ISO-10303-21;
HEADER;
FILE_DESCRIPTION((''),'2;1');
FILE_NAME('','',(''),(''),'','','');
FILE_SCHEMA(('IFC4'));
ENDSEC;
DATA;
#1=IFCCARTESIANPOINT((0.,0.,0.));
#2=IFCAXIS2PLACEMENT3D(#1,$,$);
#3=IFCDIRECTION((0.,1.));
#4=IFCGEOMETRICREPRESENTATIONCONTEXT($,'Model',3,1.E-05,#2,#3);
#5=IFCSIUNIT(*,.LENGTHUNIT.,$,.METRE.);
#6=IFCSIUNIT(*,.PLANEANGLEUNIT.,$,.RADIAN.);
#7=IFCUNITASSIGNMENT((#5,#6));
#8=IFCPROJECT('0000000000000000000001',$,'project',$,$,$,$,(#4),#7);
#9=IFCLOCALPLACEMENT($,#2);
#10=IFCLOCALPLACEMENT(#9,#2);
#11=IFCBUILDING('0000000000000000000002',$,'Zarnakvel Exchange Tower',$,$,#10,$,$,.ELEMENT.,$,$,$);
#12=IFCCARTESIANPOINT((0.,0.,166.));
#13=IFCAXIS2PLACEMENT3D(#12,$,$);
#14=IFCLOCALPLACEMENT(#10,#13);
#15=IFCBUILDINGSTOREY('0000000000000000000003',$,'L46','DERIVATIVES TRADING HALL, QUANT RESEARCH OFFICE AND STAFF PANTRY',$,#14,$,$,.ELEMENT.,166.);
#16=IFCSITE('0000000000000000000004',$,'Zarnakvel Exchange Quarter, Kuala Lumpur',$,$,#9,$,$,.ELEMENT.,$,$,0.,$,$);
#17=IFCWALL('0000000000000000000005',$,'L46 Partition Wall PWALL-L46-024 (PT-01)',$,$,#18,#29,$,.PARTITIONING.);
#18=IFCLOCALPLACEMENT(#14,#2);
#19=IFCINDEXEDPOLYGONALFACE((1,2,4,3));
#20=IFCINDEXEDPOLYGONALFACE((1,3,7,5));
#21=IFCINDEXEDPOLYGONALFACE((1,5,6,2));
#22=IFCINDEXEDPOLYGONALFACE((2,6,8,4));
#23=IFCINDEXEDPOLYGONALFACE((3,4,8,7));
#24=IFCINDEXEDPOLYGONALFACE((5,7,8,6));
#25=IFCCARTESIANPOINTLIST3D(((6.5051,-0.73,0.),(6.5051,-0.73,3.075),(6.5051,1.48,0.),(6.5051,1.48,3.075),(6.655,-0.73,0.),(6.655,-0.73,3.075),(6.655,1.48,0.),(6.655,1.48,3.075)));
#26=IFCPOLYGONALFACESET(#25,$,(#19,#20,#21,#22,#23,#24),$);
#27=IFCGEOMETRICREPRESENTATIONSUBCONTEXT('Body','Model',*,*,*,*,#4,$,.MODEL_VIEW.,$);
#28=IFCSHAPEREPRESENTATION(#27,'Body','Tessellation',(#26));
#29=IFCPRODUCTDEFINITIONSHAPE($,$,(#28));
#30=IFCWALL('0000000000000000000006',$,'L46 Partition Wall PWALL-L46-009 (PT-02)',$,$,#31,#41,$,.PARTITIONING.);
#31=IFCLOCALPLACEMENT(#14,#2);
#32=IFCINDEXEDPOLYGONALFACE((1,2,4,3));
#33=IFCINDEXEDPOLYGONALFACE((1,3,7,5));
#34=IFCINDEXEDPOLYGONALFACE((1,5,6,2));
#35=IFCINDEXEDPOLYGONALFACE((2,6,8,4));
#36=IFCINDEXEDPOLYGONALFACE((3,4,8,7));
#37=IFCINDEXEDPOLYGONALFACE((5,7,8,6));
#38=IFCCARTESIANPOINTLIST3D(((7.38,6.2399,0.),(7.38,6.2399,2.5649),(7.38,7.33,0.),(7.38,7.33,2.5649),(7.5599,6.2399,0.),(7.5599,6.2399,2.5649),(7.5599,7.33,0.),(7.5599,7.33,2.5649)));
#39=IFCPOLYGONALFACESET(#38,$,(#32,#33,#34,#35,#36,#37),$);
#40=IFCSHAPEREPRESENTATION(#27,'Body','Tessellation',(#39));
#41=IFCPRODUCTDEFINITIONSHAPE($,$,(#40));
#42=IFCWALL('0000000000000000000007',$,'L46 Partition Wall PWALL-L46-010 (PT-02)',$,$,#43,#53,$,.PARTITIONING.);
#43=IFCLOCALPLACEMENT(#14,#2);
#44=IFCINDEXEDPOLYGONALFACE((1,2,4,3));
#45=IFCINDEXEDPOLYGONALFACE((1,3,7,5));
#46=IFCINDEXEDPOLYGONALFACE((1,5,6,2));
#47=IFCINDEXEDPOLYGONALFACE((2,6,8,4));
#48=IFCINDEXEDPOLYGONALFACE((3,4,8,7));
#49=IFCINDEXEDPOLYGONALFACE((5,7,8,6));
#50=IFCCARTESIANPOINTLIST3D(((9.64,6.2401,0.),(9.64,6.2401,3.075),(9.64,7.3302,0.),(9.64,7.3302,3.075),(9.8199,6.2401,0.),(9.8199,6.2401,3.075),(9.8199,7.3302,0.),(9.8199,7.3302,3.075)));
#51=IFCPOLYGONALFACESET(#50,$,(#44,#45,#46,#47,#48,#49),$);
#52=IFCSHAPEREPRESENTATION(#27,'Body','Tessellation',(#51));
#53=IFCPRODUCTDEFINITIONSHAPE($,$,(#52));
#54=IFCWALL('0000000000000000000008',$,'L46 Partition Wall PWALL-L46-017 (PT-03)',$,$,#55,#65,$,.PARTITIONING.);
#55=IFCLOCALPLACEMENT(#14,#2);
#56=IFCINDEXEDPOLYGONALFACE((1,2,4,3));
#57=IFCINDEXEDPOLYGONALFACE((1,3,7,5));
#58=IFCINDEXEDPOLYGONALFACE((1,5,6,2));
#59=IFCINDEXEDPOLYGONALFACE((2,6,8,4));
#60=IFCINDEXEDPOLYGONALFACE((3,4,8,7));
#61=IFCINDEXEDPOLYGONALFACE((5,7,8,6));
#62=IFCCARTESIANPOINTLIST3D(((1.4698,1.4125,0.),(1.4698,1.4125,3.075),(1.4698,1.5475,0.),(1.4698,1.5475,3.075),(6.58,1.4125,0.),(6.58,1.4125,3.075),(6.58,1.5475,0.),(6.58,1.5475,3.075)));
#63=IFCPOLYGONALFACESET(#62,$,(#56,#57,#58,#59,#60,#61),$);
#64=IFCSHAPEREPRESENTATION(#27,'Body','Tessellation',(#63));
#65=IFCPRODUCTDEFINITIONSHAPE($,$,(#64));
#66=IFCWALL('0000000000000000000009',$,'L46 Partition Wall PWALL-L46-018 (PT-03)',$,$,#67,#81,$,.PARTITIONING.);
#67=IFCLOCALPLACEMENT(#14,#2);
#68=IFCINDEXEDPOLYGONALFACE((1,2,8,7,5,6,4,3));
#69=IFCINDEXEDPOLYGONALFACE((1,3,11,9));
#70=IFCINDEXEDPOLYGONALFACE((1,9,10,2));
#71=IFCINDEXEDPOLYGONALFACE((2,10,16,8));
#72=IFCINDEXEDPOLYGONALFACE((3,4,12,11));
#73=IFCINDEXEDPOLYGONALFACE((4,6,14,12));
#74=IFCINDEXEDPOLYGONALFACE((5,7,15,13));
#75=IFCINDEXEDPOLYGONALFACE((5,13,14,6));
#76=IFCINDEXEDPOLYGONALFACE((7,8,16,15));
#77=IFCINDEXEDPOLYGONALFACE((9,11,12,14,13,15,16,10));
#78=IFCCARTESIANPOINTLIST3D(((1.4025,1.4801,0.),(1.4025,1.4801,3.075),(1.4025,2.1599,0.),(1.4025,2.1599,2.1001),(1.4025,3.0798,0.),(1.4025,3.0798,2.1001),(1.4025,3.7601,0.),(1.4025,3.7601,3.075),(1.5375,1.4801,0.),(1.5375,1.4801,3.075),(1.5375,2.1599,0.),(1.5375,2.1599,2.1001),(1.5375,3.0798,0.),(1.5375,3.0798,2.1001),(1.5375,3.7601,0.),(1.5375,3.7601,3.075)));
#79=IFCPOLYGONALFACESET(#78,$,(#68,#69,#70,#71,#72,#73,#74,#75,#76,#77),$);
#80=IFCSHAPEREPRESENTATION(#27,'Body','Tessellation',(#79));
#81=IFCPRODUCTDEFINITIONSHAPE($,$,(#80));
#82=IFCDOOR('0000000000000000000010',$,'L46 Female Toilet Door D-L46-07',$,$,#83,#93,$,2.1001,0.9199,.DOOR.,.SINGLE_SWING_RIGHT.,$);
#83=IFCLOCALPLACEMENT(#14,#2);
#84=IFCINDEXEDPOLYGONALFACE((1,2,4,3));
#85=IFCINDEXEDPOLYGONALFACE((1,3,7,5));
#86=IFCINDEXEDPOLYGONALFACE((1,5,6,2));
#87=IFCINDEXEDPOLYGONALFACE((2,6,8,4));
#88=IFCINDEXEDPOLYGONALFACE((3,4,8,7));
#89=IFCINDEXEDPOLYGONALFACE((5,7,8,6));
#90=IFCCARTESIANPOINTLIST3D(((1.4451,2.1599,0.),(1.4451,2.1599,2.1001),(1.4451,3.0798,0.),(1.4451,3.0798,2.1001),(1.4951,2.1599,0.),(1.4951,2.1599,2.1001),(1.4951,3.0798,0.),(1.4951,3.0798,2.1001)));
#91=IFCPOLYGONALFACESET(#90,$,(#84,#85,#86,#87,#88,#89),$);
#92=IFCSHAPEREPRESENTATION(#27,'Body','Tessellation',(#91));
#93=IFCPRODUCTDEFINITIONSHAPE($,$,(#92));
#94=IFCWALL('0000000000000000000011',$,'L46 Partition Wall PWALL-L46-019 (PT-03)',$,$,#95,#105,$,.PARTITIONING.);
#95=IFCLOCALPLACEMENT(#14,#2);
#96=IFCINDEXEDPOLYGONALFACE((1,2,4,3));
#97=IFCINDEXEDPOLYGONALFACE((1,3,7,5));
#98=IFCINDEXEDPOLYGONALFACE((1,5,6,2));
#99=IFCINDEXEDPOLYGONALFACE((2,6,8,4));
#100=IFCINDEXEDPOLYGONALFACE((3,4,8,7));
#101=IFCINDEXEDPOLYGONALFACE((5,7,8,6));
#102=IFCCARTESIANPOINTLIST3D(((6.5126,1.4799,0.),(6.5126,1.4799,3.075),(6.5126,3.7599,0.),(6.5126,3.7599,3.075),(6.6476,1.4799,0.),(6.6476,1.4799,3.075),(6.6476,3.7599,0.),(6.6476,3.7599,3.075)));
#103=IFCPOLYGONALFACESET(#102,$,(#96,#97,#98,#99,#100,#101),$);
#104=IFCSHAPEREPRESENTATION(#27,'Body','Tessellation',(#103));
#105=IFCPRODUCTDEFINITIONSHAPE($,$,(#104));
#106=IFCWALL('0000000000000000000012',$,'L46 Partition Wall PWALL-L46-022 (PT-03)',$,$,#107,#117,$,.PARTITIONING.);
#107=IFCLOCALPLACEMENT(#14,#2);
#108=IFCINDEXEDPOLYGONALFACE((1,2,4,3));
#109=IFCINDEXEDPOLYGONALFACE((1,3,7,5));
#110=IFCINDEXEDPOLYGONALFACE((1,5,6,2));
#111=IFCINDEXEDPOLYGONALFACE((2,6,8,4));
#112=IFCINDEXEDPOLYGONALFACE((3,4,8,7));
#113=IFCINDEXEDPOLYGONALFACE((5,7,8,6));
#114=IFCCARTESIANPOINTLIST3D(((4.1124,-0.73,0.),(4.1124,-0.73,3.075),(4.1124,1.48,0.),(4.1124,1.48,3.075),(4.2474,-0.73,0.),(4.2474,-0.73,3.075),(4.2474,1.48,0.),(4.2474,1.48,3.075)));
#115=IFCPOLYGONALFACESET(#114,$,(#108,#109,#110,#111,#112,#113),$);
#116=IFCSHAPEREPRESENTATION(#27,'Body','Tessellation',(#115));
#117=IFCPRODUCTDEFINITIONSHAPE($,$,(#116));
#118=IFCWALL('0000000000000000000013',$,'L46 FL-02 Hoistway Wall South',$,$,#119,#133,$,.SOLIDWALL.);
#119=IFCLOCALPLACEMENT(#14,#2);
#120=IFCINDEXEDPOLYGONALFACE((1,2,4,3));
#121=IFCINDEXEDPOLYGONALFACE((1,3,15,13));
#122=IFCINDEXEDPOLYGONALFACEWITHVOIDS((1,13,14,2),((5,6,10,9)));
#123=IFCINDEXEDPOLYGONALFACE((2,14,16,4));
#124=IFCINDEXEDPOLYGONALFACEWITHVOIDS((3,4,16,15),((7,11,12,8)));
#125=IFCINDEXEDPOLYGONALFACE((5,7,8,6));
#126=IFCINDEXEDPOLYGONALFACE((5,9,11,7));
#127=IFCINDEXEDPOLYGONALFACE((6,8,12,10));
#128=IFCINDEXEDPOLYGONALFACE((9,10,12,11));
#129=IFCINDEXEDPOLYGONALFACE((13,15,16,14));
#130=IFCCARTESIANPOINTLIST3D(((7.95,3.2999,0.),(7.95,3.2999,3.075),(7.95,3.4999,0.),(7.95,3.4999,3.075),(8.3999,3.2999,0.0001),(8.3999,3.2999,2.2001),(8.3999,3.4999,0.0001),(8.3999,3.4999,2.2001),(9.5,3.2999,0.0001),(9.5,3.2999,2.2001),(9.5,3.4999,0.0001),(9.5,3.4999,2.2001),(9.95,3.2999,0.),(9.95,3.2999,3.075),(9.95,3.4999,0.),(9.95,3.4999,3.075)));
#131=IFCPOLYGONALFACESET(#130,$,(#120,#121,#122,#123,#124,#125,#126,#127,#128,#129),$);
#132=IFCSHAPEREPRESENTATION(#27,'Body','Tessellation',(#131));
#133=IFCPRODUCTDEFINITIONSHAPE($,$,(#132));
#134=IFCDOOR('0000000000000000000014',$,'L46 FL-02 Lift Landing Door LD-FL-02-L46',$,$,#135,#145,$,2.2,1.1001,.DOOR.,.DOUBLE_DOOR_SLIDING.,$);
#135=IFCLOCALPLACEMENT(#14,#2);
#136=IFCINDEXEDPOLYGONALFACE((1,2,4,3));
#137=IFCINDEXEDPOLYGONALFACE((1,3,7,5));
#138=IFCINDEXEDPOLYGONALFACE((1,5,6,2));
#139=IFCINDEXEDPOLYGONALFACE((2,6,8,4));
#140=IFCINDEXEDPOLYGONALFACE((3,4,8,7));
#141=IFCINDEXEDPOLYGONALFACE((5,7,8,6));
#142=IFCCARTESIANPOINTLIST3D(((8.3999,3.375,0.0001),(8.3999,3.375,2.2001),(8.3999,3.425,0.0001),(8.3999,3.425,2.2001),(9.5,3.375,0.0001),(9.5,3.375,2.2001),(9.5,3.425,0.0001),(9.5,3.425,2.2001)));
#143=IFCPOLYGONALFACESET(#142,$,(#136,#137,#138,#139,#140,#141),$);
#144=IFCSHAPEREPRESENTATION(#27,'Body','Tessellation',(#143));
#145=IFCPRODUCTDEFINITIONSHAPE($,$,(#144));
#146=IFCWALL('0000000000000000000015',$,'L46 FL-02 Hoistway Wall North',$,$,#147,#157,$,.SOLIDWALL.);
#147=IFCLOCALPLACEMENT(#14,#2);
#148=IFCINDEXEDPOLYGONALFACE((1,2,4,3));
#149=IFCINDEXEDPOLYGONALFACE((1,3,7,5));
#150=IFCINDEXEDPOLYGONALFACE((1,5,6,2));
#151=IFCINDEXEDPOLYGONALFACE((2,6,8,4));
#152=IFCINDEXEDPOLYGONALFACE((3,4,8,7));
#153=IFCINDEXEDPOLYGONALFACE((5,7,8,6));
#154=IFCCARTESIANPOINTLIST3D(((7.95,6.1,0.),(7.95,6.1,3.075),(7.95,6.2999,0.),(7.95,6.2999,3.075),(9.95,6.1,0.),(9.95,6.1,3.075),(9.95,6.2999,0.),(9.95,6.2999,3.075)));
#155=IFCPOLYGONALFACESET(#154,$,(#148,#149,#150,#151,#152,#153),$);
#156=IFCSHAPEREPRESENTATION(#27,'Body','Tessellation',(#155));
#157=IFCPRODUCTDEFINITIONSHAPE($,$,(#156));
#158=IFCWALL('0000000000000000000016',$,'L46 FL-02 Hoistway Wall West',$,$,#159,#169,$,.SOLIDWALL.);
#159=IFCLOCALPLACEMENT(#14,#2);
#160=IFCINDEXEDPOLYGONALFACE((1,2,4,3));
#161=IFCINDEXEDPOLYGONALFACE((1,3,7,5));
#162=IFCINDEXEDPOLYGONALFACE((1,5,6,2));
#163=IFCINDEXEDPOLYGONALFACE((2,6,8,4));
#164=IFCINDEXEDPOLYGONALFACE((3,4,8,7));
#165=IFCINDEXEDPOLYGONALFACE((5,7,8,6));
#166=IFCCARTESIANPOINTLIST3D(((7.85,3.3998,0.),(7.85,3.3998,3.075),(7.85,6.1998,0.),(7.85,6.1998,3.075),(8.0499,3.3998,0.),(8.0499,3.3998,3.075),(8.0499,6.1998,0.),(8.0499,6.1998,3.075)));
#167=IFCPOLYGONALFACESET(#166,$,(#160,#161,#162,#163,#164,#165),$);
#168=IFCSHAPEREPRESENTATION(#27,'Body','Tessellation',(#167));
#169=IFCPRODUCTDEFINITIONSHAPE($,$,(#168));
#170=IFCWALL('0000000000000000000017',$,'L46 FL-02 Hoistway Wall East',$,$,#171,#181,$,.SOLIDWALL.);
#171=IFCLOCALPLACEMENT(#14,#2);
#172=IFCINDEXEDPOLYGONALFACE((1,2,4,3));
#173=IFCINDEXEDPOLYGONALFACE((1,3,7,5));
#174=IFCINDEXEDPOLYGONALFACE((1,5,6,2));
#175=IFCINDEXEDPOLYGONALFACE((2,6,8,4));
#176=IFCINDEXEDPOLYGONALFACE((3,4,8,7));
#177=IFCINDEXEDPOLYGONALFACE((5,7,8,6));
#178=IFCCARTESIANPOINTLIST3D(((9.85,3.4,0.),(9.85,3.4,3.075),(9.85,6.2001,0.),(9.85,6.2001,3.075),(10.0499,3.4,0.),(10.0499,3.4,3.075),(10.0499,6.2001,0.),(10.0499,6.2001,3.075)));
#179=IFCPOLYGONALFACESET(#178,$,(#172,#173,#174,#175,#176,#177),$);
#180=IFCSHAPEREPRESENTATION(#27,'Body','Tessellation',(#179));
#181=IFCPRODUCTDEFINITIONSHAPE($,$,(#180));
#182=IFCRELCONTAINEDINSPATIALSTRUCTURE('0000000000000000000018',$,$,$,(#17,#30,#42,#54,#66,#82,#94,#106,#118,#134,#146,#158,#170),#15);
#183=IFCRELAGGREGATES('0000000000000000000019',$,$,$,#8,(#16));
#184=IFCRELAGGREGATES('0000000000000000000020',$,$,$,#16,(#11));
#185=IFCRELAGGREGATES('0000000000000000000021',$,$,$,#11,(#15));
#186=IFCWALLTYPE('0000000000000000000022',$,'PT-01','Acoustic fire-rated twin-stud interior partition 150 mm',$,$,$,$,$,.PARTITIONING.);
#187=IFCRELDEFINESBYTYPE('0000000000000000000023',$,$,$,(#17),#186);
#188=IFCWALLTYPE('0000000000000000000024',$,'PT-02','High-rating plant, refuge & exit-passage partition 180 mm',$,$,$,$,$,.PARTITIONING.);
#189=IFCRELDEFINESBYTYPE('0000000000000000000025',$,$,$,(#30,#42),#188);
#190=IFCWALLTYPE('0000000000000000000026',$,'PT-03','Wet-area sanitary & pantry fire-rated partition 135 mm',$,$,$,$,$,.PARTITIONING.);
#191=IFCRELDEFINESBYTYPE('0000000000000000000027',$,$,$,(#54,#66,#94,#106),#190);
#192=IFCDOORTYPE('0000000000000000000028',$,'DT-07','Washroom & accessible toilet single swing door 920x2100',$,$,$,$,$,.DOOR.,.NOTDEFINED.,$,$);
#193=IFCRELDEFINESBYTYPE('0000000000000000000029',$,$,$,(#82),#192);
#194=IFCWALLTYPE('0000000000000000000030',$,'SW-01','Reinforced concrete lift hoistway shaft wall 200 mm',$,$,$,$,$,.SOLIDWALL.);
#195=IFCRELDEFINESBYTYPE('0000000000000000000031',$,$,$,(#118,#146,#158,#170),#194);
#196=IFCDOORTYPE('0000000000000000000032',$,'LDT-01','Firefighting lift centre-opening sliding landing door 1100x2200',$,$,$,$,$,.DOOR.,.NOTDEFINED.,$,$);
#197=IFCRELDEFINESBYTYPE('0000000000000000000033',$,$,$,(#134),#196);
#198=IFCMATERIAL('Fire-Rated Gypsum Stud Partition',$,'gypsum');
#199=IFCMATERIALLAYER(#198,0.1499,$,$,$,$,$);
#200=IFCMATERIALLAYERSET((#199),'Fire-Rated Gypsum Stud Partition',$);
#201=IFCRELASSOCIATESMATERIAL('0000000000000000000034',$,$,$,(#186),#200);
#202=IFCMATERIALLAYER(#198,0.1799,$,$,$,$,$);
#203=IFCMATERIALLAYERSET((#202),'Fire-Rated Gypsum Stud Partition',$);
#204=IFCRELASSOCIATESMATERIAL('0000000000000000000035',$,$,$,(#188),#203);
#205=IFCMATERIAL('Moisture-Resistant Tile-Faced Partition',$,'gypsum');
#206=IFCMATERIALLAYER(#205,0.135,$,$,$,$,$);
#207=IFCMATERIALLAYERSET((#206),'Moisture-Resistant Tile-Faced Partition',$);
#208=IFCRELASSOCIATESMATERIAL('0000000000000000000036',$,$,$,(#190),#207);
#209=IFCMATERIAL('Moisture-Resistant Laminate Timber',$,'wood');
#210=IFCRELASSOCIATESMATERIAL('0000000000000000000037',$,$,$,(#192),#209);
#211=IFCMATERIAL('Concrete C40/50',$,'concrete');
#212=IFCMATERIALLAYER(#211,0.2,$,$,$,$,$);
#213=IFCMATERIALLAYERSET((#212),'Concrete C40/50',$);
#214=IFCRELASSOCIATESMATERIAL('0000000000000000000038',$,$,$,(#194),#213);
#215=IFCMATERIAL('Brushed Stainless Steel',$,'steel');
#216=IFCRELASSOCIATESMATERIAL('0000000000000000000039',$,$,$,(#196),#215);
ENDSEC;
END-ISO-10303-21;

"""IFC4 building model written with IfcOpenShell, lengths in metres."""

from ifc_helpers import new_model, si_unit, direction, frame, frame_2d, origin, place, context, subcontext, project, spatial, rectangle, extrude, source, transform, mapped, material, layer, layer_set, type_object, element, fill, save


model = new_model("IFC4")

# Units and contexts
model_context = context("Model", 3, precision=1e-05, world=origin(), true_north=direction((0.0, 1.0)))
body_context = subcontext(model_context, "Body", "Model", "MODEL_VIEW")
ifc_project = project(units=[si_unit("LENGTHUNIT", "METRE"), si_unit("PLANEANGLEUNIT", "RADIAN")], contexts=[model_context])

# Site, building, storey
site_placement = place(None, origin())
site = spatial("IfcSite", under=ifc_project, at=site_placement, Name="Zarnakvel Exchange Quarter, Kuala Lumpur", CompositionType="ELEMENT", RefElevation=0.0)
building_placement = place(site_placement, origin())
building = spatial("IfcBuilding", under=site, at=building_placement, Name="Zarnakvel Exchange Tower", CompositionType="ELEMENT")
storey_placement = place(building_placement, frame((0.0, 0.0, 166.0)))
storey = spatial("IfcBuildingStorey", under=building, at=storey_placement, Name="L46", Description="DERIVATIVES TRADING HALL, QUANT RESEARCH OFFICE AND STAFF PANTRY", CompositionType="ELEMENT", Elevation=166.0)

# Walls
ifc_material_1 = material(Name="Fire-Rated Gypsum Stud Partition", Category="gypsum")
ifc_layer_1 = layer(ifc_material_1, 0.1499)
ifc_layer_set_1 = layer_set([ifc_layer_1], Name="Fire-Rated Gypsum Stud Partition")
wall_type_1 = type_object("IfcWallType", Name="PT-01", Description="Acoustic fire-rated twin-stud interior partition 150 mm", PredefinedType="PARTITIONING", material=ifc_layer_set_1)
wall_1_placement = place(storey_placement, frame((6.5801, 1.48, 0.0), z_axis=(0.0, 0.0, 1.0), x_axis=(0.0, -1.0, 0.0)))
element("IfcWall", 1, at=wall_1_placement, inside=storey, type_object=wall_type_1, Name="L46 Partition Wall PWALL-L46-024 (PT-01)", PredefinedType="PARTITIONING", context=body_context, shape_type="SweptSolid", body=[
    extrude(rectangle(XDim=2.21, YDim=0.1499, at=frame_2d((1.105, 0.0))), origin(), (0.0, 0.0, 1.0), 3.075),
])
ifc_layer_2 = layer(ifc_material_1, 0.1799)
ifc_layer_set_2 = layer_set([ifc_layer_2], Name="Fire-Rated Gypsum Stud Partition")
wall_type_2 = type_object("IfcWallType", Name="PT-02", Description="High-rating plant, refuge & exit-passage partition 180 mm", PredefinedType="PARTITIONING", material=ifc_layer_set_2)
wall_2_placement = place(storey_placement, frame((7.47, 6.24, 0.0), z_axis=(0.0, 0.0, 1.0), x_axis=(0.0, 1.0, 0.0)))
element("IfcWall", 2, at=wall_2_placement, inside=storey, type_object=wall_type_2, Name="L46 Partition Wall PWALL-L46-009 (PT-02)", PredefinedType="PARTITIONING", context=body_context, shape_type="SweptSolid", body=[
    extrude(rectangle(XDim=1.0901, YDim=0.1799, at=frame_2d((0.5449, 0.0))), origin(), (0.0, 0.0, 1.0), 2.5649),
])
wall_3_placement = place(storey_placement, frame((9.73, 7.3301, 0.0), z_axis=(0.0, 0.0, 1.0), x_axis=(0.0, -1.0, 0.0)))
element("IfcWall", 3, at=wall_3_placement, inside=storey, type_object=wall_type_2, Name="L46 Partition Wall PWALL-L46-010 (PT-02)", PredefinedType="PARTITIONING", context=body_context, shape_type="SweptSolid", body=[
    extrude(rectangle(XDim=1.0901, YDim=0.1799, at=frame_2d((0.5449, 0.0))), origin(), (0.0, 0.0, 1.0), 3.075),
])
ifc_material_2 = material(Name="Moisture-Resistant Tile-Faced Partition", Category="gypsum")
ifc_layer_3 = layer(ifc_material_2, 0.135)
ifc_layer_set_3 = layer_set([ifc_layer_3], Name="Moisture-Resistant Tile-Faced Partition")
wall_type_3 = type_object("IfcWallType", Name="PT-03", Description="Wet-area sanitary & pantry fire-rated partition 135 mm", PredefinedType="PARTITIONING", material=ifc_layer_set_3)
wall_4_placement = place(storey_placement, frame((6.5801, 1.48, 0.0), z_axis=(0.0, 0.0, 1.0), x_axis=(-1.0, 0.0, 0.0)))
element("IfcWall", 4, at=wall_4_placement, inside=storey, type_object=wall_type_3, Name="L46 Partition Wall PWALL-L46-017 (PT-03)", PredefinedType="PARTITIONING", context=body_context, shape_type="SweptSolid", body=[
    extrude(rectangle(XDim=5.1101, YDim=0.135, at=frame_2d((2.5552, 0.0))), origin(), (0.0, 0.0, 1.0), 3.075),
])

# Wall, opening, door
wall_5_placement = place(storey_placement, frame((1.47, 1.48, 0.0), z_axis=(0.0, 0.0, 1.0), x_axis=(0.0, 1.0, 0.0)))
wall_5 = element("IfcWall", 5, at=wall_5_placement, inside=storey, type_object=wall_type_3, Name="L46 Partition Wall PWALL-L46-018 (PT-03)", PredefinedType="PARTITIONING", context=body_context, shape_type="SweptSolid", body=[
    extrude(rectangle(XDim=2.28, YDim=0.135, at=frame_2d((1.1401, 0.0))), origin(), (0.0, 0.0, 1.0), 3.075),
])
opening_1_placement = place(wall_5_placement, frame((0.6799, 0.0, 0.0)))
opening_1 = element("IfcOpeningElement", 6, at=opening_1_placement, cuts=wall_5, PredefinedType="OPENING", context=body_context, shape_type="SweptSolid", body=[
    extrude(rectangle(XDim=0.9199, YDim=2.1001, at=frame_2d((0.46, 1.05))), frame((0.0, 0.0774, 0.0), z_axis=(0.0, -1.0, 0.0), x_axis=(1.0, 0.0, 0.0)), (0.0, 0.0, 1.0), 0.155),
])
ifc_material_3 = material(Name="Moisture-Resistant Laminate Timber", Category="wood")
door_type_1 = type_object("IfcDoorType", Name="DT-07", Description="Washroom & accessible toilet single swing door 920x2100", OperationType="NOTDEFINED", PredefinedType="DOOR", material=ifc_material_3)
shared_shape_1 = source(origin(), body_context, "Body", "SweptSolid", [
    extrude(rectangle(XDim=0.9199, YDim=2.1001, at=frame_2d((0.46, 1.05))), frame((0.0, 0.0249, 0.0), z_axis=(0.0, -1.0, 0.0), x_axis=(1.0, 0.0, 0.0)), (0.0, 0.0, 1.0), 0.05),
])
door_1_placement = place(opening_1_placement, origin())
door_1 = element("IfcDoor", 7, at=door_1_placement, inside=storey, type_object=door_type_1, Name="L46 Female Toilet Door D-L46-07", OperationType="SINGLE_SWING_RIGHT", OverallHeight=2.1001, OverallWidth=0.9199, PredefinedType="DOOR", context=body_context, shape_type="MappedRepresentation", body=[
    mapped(shared_shape_1, transform((0.0, 0.0, 0.0), x_axis=(1.0, 0.0, 0.0), y_axis=(0.0, 1.0, 0.0), z_axis=(0.0, 0.0, 1.0), scale=1.0)),
])
fill(opening_1, door_1)

# Walls
wall_6_placement = place(storey_placement, frame((6.5801, 3.76, 0.0), z_axis=(0.0, 0.0, 1.0), x_axis=(0.0, -1.0, 0.0)))
element("IfcWall", 8, at=wall_6_placement, inside=storey, type_object=wall_type_3, Name="L46 Partition Wall PWALL-L46-019 (PT-03)", PredefinedType="PARTITIONING", context=body_context, shape_type="SweptSolid", body=[
    extrude(rectangle(XDim=2.28, YDim=0.135, at=frame_2d((1.1401, 0.0))), origin(), (0.0, 0.0, 1.0), 3.075),
])
wall_7_placement = place(storey_placement, frame((4.1799, 1.48, 0.0), z_axis=(0.0, 0.0, 1.0), x_axis=(0.0, -1.0, 0.0)))
element("IfcWall", 9, at=wall_7_placement, inside=storey, type_object=wall_type_3, Name="L46 Partition Wall PWALL-L46-022 (PT-03)", PredefinedType="PARTITIONING", context=body_context, shape_type="SweptSolid", body=[
    extrude(rectangle(XDim=2.21, YDim=0.135, at=frame_2d((1.105, 0.0))), origin(), (0.0, 0.0, 1.0), 3.075),
])

# Wall, opening, door
ifc_material_4 = material(Name="Concrete C40/50", Category="concrete")
ifc_layer_4 = layer(ifc_material_4, 0.2)
ifc_layer_set_4 = layer_set([ifc_layer_4], Name="Concrete C40/50")
wall_type_4 = type_object("IfcWallType", Name="SW-01", Description="Reinforced concrete lift hoistway shaft wall 200 mm", PredefinedType="SOLIDWALL", material=ifc_layer_set_4)
wall_8_placement = place(storey_placement, frame((9.95, 3.3999, 0.0), z_axis=(0.0, 0.0, 1.0), x_axis=(-1.0, 0.0, 0.0)))
wall_8 = element("IfcWall", 10, at=wall_8_placement, inside=storey, type_object=wall_type_4, Name="L46 FL-02 Hoistway Wall South", PredefinedType="SOLIDWALL", context=body_context, shape_type="SweptSolid", body=[
    extrude(rectangle(XDim=2.0, YDim=0.2, at=frame_2d((1.0, 0.0))), origin(), (0.0, 0.0, 1.0), 3.075),
])
opening_2_placement = place(wall_8_placement, frame((0.45, 0.0, 0.0)))
opening_2 = element("IfcOpeningElement", 11, at=opening_2_placement, cuts=wall_8, PredefinedType="OPENING", context=body_context, shape_type="SweptSolid", body=[
    extrude(rectangle(XDim=1.1001, YDim=2.2, at=frame_2d((0.55, 1.1001))), frame((0.0, 0.1099, 0.0), z_axis=(0.0, -1.0, 0.0), x_axis=(1.0, 0.0, 0.0)), (0.0, 0.0, 1.0), 0.22),
])
ifc_material_5 = material(Name="Brushed Stainless Steel", Category="steel")
door_type_2 = type_object("IfcDoorType", Name="LDT-01", Description="Firefighting lift centre-opening sliding landing door 1100x2200", OperationType="NOTDEFINED", PredefinedType="DOOR", material=ifc_material_5)
shared_shape_2 = source(origin(), body_context, "Body", "SweptSolid", [
    extrude(rectangle(XDim=1.1001, YDim=2.2, at=frame_2d((0.55, 1.1001))), frame((0.0, 0.0249, 0.0), z_axis=(0.0, -1.0, 0.0), x_axis=(1.0, 0.0, 0.0)), (0.0, 0.0, 1.0), 0.05),
])
door_2_placement = place(opening_2_placement, origin())
door_2 = element("IfcDoor", 12, at=door_2_placement, inside=storey, type_object=door_type_2, Name="L46 FL-02 Lift Landing Door LD-FL-02-L46", OperationType="DOUBLE_DOOR_SLIDING", OverallHeight=2.2, OverallWidth=1.1001, PredefinedType="DOOR", context=body_context, shape_type="MappedRepresentation", body=[
    mapped(shared_shape_2, transform((0.0, 0.0, 0.0), x_axis=(1.0, 0.0, 0.0), y_axis=(0.0, 1.0, 0.0), z_axis=(0.0, 0.0, 1.0), scale=1.0)),
])
fill(opening_2, door_2)

# Walls
wall_9_placement = place(storey_placement, frame((7.95, 6.2, 0.0), z_axis=(0.0, 0.0, 1.0), x_axis=(1.0, 0.0, 0.0)))
element("IfcWall", 13, at=wall_9_placement, inside=storey, type_object=wall_type_4, Name="L46 FL-02 Hoistway Wall North", PredefinedType="SOLIDWALL", context=body_context, shape_type="SweptSolid", body=[
    extrude(rectangle(XDim=2.0, YDim=0.2, at=frame_2d((1.0, 0.0))), origin(), (0.0, 0.0, 1.0), 3.075),
])
for number, where, z_axis, x_axis, name in (
    (14, (7.95, 3.3999, 0.0), (0.0, 0.0, 1.0), (0.0, 1.0, 0.0), "L46 FL-02 Hoistway Wall West"),
    (15, (9.95, 6.2, 0.0), (0.0, 0.0, 1.0), (0.0, -1.0, 0.0), "L46 FL-02 Hoistway Wall East"),
):
    element("IfcWall", number, at=place(storey_placement, frame(where, z_axis=z_axis, x_axis=x_axis)), inside=storey, type_object=wall_type_4, Name=name, PredefinedType="SOLIDWALL", context=body_context, shape_type="SweptSolid", body=[
        extrude(rectangle(XDim=2.8, YDim=0.2, at=frame_2d((1.3999, 0.0))), origin(), (0.0, 0.0, 1.0), 3.075),
    ])

save(model, "model.ifc")
